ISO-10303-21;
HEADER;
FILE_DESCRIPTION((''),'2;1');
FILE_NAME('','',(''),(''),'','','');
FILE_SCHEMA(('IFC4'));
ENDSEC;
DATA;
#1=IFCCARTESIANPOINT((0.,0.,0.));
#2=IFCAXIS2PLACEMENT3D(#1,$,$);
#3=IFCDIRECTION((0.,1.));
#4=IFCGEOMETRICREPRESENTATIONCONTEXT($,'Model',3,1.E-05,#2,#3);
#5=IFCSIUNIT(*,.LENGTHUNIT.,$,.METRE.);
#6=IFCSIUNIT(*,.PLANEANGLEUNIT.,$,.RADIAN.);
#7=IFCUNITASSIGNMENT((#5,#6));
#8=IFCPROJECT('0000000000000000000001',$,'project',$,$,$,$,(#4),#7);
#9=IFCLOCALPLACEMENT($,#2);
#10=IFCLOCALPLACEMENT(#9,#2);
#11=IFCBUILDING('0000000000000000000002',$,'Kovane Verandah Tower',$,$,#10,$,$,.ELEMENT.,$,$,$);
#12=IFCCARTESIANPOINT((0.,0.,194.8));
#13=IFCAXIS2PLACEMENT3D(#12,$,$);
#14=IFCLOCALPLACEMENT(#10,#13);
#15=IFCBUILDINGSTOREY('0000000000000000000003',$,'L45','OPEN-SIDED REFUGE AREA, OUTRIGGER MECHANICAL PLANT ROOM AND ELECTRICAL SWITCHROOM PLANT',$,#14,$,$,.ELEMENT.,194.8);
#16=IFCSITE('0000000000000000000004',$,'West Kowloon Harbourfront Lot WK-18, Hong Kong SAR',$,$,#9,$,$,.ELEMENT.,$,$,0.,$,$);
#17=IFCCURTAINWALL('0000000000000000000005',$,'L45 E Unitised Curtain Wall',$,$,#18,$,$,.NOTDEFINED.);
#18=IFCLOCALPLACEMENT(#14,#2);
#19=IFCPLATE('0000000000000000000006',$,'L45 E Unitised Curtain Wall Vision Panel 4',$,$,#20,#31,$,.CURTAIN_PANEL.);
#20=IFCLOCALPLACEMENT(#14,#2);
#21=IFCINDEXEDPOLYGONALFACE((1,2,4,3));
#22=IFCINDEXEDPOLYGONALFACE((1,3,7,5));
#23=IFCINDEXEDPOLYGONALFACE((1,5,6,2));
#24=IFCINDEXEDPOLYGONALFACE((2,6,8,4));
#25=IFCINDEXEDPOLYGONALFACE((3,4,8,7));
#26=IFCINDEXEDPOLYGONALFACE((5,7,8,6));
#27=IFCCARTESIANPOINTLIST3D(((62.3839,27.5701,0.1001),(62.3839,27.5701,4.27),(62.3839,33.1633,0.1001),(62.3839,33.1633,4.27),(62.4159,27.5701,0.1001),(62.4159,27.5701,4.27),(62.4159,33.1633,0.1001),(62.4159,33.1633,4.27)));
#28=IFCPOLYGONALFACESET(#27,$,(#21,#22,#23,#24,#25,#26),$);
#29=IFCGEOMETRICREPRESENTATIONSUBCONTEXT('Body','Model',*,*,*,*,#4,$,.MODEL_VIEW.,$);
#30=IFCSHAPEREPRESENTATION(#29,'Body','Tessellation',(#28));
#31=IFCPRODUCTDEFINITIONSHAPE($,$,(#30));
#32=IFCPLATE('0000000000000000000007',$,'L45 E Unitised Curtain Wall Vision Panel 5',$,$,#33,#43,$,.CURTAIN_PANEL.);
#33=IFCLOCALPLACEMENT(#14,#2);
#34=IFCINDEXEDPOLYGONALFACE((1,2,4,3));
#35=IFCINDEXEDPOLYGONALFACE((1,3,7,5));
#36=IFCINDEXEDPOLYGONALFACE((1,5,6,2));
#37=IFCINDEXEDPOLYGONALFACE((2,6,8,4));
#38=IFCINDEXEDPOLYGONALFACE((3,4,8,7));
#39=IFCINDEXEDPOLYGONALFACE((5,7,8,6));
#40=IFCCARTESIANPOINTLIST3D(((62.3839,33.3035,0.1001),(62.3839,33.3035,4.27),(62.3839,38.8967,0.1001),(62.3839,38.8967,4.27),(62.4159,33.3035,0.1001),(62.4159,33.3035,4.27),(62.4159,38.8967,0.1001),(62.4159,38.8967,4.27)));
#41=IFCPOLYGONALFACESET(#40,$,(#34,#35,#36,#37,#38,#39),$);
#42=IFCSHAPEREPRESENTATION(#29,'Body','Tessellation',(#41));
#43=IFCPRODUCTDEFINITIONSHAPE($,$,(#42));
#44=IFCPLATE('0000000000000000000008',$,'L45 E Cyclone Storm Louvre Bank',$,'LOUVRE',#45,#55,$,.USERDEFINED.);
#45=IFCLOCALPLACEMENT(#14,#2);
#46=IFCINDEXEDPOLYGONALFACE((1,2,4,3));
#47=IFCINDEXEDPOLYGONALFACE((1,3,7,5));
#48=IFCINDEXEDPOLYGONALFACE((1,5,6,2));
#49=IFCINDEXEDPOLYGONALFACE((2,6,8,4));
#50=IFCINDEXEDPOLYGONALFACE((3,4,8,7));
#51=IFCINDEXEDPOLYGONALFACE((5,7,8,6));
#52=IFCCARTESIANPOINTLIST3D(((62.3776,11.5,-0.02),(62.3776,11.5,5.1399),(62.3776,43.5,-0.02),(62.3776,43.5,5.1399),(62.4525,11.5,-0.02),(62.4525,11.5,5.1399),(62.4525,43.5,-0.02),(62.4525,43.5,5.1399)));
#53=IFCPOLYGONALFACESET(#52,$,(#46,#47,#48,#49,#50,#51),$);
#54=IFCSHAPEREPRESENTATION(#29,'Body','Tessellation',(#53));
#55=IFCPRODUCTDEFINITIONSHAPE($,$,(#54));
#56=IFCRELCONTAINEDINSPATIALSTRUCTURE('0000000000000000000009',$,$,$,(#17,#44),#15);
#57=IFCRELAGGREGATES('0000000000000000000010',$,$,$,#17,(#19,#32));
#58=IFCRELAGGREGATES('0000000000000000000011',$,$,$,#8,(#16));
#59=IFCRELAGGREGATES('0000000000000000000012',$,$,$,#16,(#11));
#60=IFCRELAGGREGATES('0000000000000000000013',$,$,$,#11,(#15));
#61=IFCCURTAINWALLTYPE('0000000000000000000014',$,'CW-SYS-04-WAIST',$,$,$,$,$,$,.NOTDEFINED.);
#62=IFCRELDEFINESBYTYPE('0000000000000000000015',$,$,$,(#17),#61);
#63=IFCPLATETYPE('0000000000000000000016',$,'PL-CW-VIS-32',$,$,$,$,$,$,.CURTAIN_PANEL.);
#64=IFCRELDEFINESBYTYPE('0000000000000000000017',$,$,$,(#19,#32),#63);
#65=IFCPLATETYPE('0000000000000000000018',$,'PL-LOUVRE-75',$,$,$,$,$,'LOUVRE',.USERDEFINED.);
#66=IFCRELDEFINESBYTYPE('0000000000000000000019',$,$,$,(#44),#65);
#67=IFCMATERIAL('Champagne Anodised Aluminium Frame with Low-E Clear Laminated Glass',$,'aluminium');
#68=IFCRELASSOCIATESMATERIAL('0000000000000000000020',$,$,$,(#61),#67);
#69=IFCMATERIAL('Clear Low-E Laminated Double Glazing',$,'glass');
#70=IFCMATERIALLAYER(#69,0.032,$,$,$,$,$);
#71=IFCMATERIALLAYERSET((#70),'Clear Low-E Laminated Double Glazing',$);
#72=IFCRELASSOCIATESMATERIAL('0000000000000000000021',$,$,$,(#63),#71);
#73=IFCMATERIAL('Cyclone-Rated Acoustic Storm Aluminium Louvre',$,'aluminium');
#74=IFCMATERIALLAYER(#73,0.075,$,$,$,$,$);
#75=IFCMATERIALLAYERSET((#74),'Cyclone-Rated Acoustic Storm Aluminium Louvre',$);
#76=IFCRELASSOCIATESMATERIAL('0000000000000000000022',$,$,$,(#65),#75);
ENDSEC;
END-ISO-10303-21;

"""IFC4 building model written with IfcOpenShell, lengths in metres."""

from ifc_helpers import new_model, si_unit, direction, frame, origin, origin_2d, place, context, subcontext, project, spatial, rectangle, extrude, material, layer, layer_set, type_object, element, aggregate, save


model = new_model("IFC4")

# Units and contexts
model_context = context("Model", 3, precision=1e-05, world=origin(), true_north=direction((0.0, 1.0)))
body_context = subcontext(model_context, "Body", "Model", "MODEL_VIEW")
ifc_project = project(units=[si_unit("LENGTHUNIT", "METRE"), si_unit("PLANEANGLEUNIT", "RADIAN")], contexts=[model_context])

# Site, building, storey
site_placement = place(None, origin())
site = spatial("IfcSite", under=ifc_project, at=site_placement, Name="West Kowloon Harbourfront Lot WK-18, Hong Kong SAR", CompositionType="ELEMENT", RefElevation=0.0)
building_placement = place(site_placement, origin())
building = spatial("IfcBuilding", under=site, at=building_placement, Name="Kovane Verandah Tower", CompositionType="ELEMENT")
storey_placement = place(building_placement, frame((0.0, 0.0, 194.8)))
storey = spatial("IfcBuildingStorey", under=building, at=storey_placement, Name="L45", Description="OPEN-SIDED REFUGE AREA, OUTRIGGER MECHANICAL PLANT ROOM AND ELECTRICAL SWITCHROOM PLANT", CompositionType="ELEMENT", Elevation=194.8)

# Curtain wall
ifc_material_1 = material(Name="Champagne Anodised Aluminium Frame with Low-E Clear Laminated Glass", Category="aluminium")
curtain_wall_type = type_object("IfcCurtainWallType", Name="CW-SYS-04-WAIST", PredefinedType="NOTDEFINED", material=ifc_material_1)
curtain_wall_placement = place(storey_placement, origin())
curtain_wall = element("IfcCurtainWall", 1, at=curtain_wall_placement, inside=storey, type_object=curtain_wall_type, Name="L45 E Unitised Curtain Wall", PredefinedType="NOTDEFINED")

# Plates
ifc_material_2 = material(Name="Clear Low-E Laminated Double Glazing", Category="glass")
ifc_layer_1 = layer(ifc_material_2, 0.032)
ifc_layer_set_1 = layer_set([ifc_layer_1], Name="Clear Low-E Laminated Double Glazing")
plate_type_1 = type_object("IfcPlateType", Name="PL-CW-VIS-32", PredefinedType="CURTAIN_PANEL", material=ifc_layer_set_1)
plate_1_placement = place(storey_placement, frame((62.3999, 30.3667, 0.1001), z_axis=(0.0, 0.0, 1.0), x_axis=(0.0, 1.0, 0.0)))
plate_1 = element("IfcPlate", 2, at=plate_1_placement, type_object=plate_type_1, Name="L45 E Unitised Curtain Wall Vision Panel 4", PredefinedType="CURTAIN_PANEL", context=body_context, shape_type="SweptSolid", body=[
    extrude(rectangle(XDim=5.5933, YDim=0.032, at=origin_2d()), origin(), (0.0, 0.0, 1.0), 4.1699),
])
plate_2_placement = place(storey_placement, frame((62.3999, 36.1001, 0.1001), z_axis=(0.0, 0.0, 1.0), x_axis=(0.0, 1.0, 0.0)))
plate_2 = element("IfcPlate", 3, at=plate_2_placement, type_object=plate_type_1, Name="L45 E Unitised Curtain Wall Vision Panel 5", PredefinedType="CURTAIN_PANEL", context=body_context, shape_type="SweptSolid", body=[
    extrude(rectangle(XDim=5.5933, YDim=0.032, at=origin_2d()), origin(), (0.0, 0.0, 1.0), 4.1699),
])
aggregate(curtain_wall, [plate_1, plate_2])
ifc_material_3 = material(Name="Cyclone-Rated Acoustic Storm Aluminium Louvre", Category="aluminium")
ifc_layer_2 = layer(ifc_material_3, 0.075)
ifc_layer_set_2 = layer_set([ifc_layer_2], Name="Cyclone-Rated Acoustic Storm Aluminium Louvre")
plate_type_2 = type_object("IfcPlateType", Name="PL-LOUVRE-75", ElementType="LOUVRE", PredefinedType="USERDEFINED", material=ifc_layer_set_2)
plate_3_placement = place(storey_placement, frame((62.415, 27.5, -0.02), z_axis=(0.0, 0.0, 1.0), x_axis=(0.0, 1.0, 0.0)))
element("IfcPlate", 4, at=plate_3_placement, inside=storey, type_object=plate_type_2, Name="L45 E Cyclone Storm Louvre Bank", ObjectType="LOUVRE", PredefinedType="USERDEFINED", context=body_context, shape_type="SweptSolid", body=[
    extrude(rectangle(XDim=32.0, YDim=0.075, at=origin_2d()), origin(), (0.0, 0.0, 1.0), 5.1599),
])

save(model, "model.ifc")
